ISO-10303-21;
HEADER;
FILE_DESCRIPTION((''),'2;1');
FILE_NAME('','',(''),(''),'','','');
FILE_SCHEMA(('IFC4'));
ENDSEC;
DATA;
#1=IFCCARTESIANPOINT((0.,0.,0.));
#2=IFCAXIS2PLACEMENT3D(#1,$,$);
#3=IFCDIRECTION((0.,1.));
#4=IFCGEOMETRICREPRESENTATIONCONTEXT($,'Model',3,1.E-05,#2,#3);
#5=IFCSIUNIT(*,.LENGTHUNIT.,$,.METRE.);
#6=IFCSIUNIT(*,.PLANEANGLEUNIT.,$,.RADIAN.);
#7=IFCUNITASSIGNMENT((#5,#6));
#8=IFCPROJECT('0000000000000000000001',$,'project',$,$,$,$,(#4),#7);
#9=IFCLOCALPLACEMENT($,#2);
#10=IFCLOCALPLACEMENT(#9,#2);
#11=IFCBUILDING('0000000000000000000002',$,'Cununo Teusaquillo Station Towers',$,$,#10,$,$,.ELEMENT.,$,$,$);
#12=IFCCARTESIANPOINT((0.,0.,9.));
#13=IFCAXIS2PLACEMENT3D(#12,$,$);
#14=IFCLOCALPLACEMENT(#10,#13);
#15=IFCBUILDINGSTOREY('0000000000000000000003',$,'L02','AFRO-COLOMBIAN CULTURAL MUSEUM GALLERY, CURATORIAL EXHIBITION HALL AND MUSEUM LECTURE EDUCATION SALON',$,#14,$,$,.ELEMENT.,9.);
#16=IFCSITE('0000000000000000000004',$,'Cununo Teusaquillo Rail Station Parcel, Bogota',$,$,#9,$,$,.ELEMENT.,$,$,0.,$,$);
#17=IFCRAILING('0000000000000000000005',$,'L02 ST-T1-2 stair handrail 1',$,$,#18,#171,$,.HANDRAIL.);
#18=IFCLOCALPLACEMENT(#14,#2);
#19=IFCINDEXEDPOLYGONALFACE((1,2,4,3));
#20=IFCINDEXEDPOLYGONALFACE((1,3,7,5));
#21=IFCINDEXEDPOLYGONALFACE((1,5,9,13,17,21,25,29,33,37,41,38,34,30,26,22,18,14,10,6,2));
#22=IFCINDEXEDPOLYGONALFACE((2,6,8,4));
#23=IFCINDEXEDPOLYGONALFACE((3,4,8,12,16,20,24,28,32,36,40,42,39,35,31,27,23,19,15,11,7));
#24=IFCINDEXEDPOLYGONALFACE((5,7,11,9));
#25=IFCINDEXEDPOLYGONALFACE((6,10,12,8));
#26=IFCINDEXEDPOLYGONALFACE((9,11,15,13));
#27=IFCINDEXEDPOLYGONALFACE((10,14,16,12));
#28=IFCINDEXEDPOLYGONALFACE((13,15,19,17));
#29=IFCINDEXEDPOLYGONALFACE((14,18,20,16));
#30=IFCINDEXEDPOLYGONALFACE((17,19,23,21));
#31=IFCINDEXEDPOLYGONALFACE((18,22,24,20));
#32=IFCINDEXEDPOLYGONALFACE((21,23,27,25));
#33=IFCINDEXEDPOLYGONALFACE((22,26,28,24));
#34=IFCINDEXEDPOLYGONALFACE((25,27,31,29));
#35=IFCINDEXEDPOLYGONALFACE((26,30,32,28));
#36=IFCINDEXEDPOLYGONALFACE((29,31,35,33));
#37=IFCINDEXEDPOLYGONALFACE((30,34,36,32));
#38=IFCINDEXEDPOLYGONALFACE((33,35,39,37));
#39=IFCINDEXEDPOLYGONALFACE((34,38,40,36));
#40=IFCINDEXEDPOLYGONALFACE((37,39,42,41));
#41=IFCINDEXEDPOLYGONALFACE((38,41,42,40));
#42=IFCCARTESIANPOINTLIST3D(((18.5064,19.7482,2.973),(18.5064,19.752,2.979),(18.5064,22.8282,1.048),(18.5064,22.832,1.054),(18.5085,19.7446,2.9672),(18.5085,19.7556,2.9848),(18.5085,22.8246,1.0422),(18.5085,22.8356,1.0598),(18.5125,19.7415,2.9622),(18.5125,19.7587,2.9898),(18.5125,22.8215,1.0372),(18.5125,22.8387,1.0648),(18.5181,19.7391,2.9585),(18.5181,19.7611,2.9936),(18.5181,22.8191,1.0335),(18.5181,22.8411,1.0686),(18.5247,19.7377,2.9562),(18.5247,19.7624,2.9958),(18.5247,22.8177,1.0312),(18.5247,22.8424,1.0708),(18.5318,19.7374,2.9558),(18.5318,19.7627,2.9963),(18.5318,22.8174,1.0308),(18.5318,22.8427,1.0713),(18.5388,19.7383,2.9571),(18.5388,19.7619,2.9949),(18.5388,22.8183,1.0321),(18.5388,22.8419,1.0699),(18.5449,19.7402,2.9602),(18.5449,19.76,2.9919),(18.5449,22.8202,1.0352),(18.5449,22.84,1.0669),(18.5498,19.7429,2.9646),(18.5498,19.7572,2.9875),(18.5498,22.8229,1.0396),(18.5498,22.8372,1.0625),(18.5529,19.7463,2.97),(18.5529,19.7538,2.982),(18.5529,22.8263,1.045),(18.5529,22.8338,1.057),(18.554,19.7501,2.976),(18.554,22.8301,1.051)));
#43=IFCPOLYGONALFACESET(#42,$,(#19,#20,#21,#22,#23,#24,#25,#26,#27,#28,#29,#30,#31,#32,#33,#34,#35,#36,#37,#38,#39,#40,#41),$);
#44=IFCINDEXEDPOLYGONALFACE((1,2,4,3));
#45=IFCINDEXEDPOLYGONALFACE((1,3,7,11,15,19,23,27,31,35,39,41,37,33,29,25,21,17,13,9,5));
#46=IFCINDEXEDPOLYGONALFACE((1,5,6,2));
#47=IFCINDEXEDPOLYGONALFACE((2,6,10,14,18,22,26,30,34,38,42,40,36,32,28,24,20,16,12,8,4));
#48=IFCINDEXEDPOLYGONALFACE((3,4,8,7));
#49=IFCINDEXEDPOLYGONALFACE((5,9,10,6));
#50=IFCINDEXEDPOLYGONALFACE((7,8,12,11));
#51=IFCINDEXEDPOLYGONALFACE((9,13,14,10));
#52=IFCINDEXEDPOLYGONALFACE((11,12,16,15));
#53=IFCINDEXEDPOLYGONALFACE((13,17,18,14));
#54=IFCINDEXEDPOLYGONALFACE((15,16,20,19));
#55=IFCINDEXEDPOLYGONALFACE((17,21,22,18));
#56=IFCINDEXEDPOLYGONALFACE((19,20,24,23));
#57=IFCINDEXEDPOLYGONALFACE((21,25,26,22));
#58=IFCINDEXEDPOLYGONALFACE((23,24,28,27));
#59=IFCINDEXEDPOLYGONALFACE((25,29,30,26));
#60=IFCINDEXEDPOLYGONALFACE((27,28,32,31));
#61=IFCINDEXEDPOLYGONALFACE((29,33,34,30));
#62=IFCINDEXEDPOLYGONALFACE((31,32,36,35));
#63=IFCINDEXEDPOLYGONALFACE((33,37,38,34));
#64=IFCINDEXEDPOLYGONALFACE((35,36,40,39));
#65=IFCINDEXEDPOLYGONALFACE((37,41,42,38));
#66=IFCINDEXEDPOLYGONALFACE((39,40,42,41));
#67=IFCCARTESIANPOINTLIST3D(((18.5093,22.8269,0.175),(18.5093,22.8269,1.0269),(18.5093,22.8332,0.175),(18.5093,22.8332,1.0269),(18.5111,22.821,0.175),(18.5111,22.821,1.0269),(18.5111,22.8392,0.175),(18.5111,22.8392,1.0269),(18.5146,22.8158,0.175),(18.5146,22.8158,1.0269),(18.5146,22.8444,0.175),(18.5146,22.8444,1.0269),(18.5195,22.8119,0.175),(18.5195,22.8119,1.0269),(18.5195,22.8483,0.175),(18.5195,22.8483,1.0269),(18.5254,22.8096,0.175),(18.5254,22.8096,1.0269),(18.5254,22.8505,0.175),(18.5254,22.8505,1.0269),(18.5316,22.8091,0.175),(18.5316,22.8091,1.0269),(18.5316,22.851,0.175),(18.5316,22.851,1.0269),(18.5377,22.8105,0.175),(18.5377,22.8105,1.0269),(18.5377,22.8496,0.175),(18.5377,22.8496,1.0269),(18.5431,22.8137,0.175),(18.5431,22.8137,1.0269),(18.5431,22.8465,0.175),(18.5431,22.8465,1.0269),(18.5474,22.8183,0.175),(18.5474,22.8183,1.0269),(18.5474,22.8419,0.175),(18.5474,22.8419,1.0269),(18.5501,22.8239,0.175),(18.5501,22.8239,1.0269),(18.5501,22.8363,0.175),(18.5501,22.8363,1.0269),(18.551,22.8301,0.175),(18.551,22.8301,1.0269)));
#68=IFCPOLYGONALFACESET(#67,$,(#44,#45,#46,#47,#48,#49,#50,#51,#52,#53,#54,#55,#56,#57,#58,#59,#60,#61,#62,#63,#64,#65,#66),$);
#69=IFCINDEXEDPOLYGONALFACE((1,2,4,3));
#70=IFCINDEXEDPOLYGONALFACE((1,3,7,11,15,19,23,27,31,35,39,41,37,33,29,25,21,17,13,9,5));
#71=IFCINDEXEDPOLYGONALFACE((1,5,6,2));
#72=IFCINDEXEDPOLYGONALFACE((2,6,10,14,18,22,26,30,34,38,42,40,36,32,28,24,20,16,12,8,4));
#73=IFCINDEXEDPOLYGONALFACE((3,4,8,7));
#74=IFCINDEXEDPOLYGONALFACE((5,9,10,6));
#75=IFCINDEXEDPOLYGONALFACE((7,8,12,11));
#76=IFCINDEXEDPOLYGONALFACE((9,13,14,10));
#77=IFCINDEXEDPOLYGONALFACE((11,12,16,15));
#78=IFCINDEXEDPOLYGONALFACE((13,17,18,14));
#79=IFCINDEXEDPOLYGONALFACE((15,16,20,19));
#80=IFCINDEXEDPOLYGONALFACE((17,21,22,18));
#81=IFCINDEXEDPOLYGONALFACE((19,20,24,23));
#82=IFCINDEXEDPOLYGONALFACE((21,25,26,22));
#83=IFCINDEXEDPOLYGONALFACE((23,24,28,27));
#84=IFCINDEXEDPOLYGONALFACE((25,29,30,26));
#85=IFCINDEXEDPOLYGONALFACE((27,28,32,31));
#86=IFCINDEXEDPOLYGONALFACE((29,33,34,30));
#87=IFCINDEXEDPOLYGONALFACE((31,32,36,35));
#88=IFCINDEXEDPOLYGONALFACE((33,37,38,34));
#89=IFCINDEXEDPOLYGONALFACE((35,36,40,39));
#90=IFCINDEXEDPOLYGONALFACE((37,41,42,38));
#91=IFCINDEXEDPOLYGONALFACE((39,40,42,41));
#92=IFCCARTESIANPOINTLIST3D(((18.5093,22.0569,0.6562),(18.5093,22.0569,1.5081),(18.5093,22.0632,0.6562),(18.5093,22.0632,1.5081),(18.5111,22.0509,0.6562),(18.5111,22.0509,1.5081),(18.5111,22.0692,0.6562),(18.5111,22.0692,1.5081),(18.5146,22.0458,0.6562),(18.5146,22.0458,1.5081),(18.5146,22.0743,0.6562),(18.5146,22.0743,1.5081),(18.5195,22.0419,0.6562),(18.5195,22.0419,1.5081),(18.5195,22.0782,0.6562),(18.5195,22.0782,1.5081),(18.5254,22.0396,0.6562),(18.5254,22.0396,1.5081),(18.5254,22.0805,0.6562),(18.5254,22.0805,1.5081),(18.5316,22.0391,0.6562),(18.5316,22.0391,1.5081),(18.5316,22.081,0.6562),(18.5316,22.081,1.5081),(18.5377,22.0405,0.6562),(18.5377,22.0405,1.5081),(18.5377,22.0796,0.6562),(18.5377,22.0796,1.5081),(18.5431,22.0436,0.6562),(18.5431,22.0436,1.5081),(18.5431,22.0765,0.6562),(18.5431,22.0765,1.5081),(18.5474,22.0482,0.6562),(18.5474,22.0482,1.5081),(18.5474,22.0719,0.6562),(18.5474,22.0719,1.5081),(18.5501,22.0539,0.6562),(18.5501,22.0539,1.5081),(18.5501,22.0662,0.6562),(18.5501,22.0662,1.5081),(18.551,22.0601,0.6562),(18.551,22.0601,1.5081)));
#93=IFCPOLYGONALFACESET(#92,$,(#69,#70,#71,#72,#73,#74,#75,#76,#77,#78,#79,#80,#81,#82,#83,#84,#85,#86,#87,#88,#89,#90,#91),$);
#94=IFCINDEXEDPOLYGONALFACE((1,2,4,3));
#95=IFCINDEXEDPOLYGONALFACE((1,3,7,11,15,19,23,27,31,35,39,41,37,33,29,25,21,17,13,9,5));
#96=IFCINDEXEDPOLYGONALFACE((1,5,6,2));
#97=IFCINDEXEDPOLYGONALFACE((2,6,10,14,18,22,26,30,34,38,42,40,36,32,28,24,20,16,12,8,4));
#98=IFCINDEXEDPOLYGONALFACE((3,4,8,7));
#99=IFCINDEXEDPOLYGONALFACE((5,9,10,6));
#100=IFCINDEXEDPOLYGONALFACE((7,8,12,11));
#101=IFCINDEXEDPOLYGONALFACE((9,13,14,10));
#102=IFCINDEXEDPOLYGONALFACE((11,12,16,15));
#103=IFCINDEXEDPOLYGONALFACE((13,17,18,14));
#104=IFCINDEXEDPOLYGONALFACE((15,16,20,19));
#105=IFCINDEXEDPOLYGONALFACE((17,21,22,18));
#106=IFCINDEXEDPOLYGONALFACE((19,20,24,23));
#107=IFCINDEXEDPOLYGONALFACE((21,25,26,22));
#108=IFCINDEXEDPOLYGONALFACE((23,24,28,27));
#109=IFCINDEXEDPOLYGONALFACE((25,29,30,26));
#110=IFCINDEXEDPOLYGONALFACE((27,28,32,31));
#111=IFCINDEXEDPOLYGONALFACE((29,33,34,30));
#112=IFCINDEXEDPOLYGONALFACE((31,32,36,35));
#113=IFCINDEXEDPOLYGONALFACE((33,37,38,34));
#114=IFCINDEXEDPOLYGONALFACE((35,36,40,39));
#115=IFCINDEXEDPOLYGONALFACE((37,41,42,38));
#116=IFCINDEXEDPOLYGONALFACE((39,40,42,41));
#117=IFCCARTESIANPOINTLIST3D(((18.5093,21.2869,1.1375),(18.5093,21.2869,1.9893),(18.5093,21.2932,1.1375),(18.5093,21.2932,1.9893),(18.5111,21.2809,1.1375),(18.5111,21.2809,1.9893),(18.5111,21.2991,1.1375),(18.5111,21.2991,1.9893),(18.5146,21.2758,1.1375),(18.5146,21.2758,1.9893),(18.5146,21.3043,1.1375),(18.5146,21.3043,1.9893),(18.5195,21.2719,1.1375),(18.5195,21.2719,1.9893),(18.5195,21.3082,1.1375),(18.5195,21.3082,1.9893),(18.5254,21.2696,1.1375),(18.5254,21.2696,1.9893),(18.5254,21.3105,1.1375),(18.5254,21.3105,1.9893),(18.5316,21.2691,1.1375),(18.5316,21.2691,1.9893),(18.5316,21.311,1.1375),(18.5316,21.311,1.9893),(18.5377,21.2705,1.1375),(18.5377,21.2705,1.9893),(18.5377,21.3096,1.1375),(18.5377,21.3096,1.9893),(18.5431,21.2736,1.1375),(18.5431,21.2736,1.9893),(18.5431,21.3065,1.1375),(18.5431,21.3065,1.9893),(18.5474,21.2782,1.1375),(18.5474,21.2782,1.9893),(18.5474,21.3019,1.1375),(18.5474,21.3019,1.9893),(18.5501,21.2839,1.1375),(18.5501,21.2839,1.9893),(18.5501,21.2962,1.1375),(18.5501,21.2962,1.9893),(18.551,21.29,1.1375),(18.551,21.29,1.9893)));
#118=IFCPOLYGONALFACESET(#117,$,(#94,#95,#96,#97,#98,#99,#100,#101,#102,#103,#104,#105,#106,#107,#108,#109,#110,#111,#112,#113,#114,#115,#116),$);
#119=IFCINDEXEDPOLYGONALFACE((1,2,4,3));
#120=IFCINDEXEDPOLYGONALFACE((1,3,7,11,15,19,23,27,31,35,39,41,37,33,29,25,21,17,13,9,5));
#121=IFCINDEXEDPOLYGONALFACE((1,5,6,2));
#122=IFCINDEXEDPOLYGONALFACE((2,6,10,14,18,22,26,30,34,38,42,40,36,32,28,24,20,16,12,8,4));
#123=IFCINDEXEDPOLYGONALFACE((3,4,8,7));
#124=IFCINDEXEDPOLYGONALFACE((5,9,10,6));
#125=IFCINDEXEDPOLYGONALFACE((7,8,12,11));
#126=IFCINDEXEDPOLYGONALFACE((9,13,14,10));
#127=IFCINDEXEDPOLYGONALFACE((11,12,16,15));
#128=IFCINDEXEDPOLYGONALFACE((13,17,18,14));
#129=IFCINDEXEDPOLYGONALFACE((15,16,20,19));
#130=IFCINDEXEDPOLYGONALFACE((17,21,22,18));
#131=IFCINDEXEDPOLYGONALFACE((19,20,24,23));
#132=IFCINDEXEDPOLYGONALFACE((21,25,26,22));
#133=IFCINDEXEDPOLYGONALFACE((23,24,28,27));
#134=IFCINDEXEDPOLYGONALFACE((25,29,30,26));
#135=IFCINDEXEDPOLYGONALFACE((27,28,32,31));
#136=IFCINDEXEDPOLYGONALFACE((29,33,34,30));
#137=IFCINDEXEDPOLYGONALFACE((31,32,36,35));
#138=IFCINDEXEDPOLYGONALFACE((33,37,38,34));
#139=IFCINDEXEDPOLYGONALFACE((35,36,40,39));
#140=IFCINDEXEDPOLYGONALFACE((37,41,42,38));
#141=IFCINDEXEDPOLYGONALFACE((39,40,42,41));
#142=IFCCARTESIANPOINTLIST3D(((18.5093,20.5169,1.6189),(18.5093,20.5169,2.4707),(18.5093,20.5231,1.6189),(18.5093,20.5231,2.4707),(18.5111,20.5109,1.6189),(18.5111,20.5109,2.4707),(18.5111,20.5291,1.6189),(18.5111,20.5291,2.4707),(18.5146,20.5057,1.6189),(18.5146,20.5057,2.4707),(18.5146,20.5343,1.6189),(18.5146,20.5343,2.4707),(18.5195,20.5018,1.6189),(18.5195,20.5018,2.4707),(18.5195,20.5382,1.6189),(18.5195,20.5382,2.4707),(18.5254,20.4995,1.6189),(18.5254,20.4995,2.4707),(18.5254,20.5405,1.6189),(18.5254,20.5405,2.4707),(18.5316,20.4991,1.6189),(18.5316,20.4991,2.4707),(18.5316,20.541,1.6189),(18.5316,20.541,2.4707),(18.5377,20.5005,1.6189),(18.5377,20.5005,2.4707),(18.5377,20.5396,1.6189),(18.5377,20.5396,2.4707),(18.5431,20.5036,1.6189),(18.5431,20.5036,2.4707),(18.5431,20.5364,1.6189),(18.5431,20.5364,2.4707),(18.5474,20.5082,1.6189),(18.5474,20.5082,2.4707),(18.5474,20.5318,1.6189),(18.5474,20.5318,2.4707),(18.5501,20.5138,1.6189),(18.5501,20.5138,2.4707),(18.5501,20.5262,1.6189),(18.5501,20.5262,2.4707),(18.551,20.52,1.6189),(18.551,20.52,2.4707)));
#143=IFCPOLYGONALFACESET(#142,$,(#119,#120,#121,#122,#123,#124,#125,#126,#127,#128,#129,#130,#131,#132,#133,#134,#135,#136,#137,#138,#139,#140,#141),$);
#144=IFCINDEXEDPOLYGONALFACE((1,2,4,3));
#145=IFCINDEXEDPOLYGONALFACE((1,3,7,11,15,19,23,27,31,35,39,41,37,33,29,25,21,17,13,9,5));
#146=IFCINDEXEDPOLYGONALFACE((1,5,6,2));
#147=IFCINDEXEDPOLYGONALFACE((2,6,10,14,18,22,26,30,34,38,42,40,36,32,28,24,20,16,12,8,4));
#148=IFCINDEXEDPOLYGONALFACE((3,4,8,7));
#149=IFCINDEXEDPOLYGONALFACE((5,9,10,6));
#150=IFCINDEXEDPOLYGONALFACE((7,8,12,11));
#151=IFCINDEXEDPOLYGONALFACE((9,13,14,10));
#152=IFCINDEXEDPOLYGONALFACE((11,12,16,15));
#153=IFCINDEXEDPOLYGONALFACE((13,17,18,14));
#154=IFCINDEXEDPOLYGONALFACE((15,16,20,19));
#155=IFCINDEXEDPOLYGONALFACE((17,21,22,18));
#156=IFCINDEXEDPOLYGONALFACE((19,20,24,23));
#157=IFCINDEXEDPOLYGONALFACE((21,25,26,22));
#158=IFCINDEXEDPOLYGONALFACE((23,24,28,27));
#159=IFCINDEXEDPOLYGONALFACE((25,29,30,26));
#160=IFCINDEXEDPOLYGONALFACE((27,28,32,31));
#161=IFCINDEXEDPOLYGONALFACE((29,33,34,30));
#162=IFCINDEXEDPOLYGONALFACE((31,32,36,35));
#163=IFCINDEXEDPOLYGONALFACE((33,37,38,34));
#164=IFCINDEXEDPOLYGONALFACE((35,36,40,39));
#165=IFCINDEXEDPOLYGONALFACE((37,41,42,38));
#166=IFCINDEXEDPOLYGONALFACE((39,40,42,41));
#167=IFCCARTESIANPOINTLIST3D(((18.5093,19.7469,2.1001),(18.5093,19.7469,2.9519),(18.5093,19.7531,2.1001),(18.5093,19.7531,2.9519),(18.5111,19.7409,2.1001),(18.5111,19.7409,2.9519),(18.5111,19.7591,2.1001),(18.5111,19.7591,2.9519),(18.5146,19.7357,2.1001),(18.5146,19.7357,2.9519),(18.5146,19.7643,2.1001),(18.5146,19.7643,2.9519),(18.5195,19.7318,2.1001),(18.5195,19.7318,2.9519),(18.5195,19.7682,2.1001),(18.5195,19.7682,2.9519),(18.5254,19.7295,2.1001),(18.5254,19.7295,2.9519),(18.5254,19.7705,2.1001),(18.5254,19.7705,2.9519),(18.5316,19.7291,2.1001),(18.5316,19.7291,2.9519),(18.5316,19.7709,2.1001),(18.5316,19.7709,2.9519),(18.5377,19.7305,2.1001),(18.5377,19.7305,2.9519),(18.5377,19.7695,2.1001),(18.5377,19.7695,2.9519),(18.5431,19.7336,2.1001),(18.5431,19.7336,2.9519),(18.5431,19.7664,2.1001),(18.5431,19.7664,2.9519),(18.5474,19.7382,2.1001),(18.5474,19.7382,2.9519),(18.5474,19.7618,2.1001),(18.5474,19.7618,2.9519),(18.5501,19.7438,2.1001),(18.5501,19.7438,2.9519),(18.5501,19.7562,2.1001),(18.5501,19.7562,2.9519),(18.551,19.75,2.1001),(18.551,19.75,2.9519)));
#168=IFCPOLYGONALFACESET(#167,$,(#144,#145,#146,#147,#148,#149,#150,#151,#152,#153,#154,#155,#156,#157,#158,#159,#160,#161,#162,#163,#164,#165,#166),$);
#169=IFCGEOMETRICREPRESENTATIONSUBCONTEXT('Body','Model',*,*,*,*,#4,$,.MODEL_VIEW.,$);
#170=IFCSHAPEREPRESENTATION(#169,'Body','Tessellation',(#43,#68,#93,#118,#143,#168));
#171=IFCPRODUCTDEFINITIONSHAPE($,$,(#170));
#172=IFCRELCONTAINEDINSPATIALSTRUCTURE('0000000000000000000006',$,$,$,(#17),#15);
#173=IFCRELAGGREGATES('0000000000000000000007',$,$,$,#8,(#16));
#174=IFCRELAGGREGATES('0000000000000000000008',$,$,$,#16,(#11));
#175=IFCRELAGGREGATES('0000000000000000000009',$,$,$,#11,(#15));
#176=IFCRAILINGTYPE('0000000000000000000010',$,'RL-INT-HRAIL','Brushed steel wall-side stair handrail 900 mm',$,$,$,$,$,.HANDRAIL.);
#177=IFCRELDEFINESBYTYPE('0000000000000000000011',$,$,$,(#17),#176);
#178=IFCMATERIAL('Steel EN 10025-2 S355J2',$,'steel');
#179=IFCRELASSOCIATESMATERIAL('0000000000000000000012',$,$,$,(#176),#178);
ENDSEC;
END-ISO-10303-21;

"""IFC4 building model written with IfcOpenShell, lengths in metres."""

from ifc_helpers import new_model, si_unit, direction, frame, origin, origin_2d, place, context, subcontext, project, spatial, circle, extrude, material, type_object, element, save


model = new_model("IFC4")

# Units and contexts
model_context = context("Model", 3, precision=1e-05, world=origin(), true_north=direction((0.0, 1.0)))
body_context = subcontext(model_context, "Body", "Model", "MODEL_VIEW")
ifc_project = project(units=[si_unit("LENGTHUNIT", "METRE"), si_unit("PLANEANGLEUNIT", "RADIAN")], contexts=[model_context])

# Site, building, storey
site_placement = place(None, origin())
site = spatial("IfcSite", under=ifc_project, at=site_placement, Name="Cununo Teusaquillo Rail Station Parcel, Bogota", CompositionType="ELEMENT", RefElevation=0.0)
building_placement = place(site_placement, origin())
building = spatial("IfcBuilding", under=site, at=building_placement, Name="Cununo Teusaquillo Station Towers", CompositionType="ELEMENT")
storey_placement = place(building_placement, frame((0.0, 0.0, 9.0)))
storey = spatial("IfcBuildingStorey", under=building, at=storey_placement, Name="L02", Description="AFRO-COLOMBIAN CULTURAL MUSEUM GALLERY, CURATORIAL EXHIBITION HALL AND MUSEUM LECTURE EDUCATION SALON", CompositionType="ELEMENT", Elevation=9.0)

# Railing
ifc_material_1 = material(Name="Steel EN 10025-2 S355J2", Category="steel")
railing_type_1 = type_object("IfcRailingType", Name="RL-INT-HRAIL", Description="Brushed steel wall-side stair handrail 900 mm", PredefinedType="HANDRAIL", material=ifc_material_1)
railing_1_placement = place(storey_placement, frame((18.53, 22.8301, 0.175)))
element("IfcRailing", 1, at=railing_1_placement, inside=storey, type_object=railing_type_1, Name="L02 ST-T1-2 stair handrail 1", PredefinedType="HANDRAIL", context=body_context, shape_type="SweptSolid", body=[
    extrude(circle(Radius=0.0239, at=origin_2d()), frame((0.0, 0.0, 0.876), z_axis=(0.0, -0.847998, 0.529999), x_axis=(1.0, 0.0, 0.0)), (0.0, 0.0, 1.0), 3.6321),
    extrude(circle(Radius=0.021, at=origin_2d()), origin(), (0.0, 0.0, 1.0), 0.8518),
    extrude(circle(Radius=0.021, at=origin_2d()), frame((0.0, -0.77, 0.4812)), (0.0, 0.0, 1.0), 0.8518),
    extrude(circle(Radius=0.021, at=origin_2d()), frame((0.0, -1.54, 0.9624)), (0.0, 0.0, 1.0), 0.8518),
    extrude(circle(Radius=0.021, at=origin_2d()), frame((0.0, -2.3101, 1.4438)), (0.0, 0.0, 1.0), 0.8518),
    extrude(circle(Radius=0.021, at=origin_2d()), frame((0.0, -3.0801, 1.925)), (0.0, 0.0, 1.0), 0.8518),
])

save(model, "model.ifc")
